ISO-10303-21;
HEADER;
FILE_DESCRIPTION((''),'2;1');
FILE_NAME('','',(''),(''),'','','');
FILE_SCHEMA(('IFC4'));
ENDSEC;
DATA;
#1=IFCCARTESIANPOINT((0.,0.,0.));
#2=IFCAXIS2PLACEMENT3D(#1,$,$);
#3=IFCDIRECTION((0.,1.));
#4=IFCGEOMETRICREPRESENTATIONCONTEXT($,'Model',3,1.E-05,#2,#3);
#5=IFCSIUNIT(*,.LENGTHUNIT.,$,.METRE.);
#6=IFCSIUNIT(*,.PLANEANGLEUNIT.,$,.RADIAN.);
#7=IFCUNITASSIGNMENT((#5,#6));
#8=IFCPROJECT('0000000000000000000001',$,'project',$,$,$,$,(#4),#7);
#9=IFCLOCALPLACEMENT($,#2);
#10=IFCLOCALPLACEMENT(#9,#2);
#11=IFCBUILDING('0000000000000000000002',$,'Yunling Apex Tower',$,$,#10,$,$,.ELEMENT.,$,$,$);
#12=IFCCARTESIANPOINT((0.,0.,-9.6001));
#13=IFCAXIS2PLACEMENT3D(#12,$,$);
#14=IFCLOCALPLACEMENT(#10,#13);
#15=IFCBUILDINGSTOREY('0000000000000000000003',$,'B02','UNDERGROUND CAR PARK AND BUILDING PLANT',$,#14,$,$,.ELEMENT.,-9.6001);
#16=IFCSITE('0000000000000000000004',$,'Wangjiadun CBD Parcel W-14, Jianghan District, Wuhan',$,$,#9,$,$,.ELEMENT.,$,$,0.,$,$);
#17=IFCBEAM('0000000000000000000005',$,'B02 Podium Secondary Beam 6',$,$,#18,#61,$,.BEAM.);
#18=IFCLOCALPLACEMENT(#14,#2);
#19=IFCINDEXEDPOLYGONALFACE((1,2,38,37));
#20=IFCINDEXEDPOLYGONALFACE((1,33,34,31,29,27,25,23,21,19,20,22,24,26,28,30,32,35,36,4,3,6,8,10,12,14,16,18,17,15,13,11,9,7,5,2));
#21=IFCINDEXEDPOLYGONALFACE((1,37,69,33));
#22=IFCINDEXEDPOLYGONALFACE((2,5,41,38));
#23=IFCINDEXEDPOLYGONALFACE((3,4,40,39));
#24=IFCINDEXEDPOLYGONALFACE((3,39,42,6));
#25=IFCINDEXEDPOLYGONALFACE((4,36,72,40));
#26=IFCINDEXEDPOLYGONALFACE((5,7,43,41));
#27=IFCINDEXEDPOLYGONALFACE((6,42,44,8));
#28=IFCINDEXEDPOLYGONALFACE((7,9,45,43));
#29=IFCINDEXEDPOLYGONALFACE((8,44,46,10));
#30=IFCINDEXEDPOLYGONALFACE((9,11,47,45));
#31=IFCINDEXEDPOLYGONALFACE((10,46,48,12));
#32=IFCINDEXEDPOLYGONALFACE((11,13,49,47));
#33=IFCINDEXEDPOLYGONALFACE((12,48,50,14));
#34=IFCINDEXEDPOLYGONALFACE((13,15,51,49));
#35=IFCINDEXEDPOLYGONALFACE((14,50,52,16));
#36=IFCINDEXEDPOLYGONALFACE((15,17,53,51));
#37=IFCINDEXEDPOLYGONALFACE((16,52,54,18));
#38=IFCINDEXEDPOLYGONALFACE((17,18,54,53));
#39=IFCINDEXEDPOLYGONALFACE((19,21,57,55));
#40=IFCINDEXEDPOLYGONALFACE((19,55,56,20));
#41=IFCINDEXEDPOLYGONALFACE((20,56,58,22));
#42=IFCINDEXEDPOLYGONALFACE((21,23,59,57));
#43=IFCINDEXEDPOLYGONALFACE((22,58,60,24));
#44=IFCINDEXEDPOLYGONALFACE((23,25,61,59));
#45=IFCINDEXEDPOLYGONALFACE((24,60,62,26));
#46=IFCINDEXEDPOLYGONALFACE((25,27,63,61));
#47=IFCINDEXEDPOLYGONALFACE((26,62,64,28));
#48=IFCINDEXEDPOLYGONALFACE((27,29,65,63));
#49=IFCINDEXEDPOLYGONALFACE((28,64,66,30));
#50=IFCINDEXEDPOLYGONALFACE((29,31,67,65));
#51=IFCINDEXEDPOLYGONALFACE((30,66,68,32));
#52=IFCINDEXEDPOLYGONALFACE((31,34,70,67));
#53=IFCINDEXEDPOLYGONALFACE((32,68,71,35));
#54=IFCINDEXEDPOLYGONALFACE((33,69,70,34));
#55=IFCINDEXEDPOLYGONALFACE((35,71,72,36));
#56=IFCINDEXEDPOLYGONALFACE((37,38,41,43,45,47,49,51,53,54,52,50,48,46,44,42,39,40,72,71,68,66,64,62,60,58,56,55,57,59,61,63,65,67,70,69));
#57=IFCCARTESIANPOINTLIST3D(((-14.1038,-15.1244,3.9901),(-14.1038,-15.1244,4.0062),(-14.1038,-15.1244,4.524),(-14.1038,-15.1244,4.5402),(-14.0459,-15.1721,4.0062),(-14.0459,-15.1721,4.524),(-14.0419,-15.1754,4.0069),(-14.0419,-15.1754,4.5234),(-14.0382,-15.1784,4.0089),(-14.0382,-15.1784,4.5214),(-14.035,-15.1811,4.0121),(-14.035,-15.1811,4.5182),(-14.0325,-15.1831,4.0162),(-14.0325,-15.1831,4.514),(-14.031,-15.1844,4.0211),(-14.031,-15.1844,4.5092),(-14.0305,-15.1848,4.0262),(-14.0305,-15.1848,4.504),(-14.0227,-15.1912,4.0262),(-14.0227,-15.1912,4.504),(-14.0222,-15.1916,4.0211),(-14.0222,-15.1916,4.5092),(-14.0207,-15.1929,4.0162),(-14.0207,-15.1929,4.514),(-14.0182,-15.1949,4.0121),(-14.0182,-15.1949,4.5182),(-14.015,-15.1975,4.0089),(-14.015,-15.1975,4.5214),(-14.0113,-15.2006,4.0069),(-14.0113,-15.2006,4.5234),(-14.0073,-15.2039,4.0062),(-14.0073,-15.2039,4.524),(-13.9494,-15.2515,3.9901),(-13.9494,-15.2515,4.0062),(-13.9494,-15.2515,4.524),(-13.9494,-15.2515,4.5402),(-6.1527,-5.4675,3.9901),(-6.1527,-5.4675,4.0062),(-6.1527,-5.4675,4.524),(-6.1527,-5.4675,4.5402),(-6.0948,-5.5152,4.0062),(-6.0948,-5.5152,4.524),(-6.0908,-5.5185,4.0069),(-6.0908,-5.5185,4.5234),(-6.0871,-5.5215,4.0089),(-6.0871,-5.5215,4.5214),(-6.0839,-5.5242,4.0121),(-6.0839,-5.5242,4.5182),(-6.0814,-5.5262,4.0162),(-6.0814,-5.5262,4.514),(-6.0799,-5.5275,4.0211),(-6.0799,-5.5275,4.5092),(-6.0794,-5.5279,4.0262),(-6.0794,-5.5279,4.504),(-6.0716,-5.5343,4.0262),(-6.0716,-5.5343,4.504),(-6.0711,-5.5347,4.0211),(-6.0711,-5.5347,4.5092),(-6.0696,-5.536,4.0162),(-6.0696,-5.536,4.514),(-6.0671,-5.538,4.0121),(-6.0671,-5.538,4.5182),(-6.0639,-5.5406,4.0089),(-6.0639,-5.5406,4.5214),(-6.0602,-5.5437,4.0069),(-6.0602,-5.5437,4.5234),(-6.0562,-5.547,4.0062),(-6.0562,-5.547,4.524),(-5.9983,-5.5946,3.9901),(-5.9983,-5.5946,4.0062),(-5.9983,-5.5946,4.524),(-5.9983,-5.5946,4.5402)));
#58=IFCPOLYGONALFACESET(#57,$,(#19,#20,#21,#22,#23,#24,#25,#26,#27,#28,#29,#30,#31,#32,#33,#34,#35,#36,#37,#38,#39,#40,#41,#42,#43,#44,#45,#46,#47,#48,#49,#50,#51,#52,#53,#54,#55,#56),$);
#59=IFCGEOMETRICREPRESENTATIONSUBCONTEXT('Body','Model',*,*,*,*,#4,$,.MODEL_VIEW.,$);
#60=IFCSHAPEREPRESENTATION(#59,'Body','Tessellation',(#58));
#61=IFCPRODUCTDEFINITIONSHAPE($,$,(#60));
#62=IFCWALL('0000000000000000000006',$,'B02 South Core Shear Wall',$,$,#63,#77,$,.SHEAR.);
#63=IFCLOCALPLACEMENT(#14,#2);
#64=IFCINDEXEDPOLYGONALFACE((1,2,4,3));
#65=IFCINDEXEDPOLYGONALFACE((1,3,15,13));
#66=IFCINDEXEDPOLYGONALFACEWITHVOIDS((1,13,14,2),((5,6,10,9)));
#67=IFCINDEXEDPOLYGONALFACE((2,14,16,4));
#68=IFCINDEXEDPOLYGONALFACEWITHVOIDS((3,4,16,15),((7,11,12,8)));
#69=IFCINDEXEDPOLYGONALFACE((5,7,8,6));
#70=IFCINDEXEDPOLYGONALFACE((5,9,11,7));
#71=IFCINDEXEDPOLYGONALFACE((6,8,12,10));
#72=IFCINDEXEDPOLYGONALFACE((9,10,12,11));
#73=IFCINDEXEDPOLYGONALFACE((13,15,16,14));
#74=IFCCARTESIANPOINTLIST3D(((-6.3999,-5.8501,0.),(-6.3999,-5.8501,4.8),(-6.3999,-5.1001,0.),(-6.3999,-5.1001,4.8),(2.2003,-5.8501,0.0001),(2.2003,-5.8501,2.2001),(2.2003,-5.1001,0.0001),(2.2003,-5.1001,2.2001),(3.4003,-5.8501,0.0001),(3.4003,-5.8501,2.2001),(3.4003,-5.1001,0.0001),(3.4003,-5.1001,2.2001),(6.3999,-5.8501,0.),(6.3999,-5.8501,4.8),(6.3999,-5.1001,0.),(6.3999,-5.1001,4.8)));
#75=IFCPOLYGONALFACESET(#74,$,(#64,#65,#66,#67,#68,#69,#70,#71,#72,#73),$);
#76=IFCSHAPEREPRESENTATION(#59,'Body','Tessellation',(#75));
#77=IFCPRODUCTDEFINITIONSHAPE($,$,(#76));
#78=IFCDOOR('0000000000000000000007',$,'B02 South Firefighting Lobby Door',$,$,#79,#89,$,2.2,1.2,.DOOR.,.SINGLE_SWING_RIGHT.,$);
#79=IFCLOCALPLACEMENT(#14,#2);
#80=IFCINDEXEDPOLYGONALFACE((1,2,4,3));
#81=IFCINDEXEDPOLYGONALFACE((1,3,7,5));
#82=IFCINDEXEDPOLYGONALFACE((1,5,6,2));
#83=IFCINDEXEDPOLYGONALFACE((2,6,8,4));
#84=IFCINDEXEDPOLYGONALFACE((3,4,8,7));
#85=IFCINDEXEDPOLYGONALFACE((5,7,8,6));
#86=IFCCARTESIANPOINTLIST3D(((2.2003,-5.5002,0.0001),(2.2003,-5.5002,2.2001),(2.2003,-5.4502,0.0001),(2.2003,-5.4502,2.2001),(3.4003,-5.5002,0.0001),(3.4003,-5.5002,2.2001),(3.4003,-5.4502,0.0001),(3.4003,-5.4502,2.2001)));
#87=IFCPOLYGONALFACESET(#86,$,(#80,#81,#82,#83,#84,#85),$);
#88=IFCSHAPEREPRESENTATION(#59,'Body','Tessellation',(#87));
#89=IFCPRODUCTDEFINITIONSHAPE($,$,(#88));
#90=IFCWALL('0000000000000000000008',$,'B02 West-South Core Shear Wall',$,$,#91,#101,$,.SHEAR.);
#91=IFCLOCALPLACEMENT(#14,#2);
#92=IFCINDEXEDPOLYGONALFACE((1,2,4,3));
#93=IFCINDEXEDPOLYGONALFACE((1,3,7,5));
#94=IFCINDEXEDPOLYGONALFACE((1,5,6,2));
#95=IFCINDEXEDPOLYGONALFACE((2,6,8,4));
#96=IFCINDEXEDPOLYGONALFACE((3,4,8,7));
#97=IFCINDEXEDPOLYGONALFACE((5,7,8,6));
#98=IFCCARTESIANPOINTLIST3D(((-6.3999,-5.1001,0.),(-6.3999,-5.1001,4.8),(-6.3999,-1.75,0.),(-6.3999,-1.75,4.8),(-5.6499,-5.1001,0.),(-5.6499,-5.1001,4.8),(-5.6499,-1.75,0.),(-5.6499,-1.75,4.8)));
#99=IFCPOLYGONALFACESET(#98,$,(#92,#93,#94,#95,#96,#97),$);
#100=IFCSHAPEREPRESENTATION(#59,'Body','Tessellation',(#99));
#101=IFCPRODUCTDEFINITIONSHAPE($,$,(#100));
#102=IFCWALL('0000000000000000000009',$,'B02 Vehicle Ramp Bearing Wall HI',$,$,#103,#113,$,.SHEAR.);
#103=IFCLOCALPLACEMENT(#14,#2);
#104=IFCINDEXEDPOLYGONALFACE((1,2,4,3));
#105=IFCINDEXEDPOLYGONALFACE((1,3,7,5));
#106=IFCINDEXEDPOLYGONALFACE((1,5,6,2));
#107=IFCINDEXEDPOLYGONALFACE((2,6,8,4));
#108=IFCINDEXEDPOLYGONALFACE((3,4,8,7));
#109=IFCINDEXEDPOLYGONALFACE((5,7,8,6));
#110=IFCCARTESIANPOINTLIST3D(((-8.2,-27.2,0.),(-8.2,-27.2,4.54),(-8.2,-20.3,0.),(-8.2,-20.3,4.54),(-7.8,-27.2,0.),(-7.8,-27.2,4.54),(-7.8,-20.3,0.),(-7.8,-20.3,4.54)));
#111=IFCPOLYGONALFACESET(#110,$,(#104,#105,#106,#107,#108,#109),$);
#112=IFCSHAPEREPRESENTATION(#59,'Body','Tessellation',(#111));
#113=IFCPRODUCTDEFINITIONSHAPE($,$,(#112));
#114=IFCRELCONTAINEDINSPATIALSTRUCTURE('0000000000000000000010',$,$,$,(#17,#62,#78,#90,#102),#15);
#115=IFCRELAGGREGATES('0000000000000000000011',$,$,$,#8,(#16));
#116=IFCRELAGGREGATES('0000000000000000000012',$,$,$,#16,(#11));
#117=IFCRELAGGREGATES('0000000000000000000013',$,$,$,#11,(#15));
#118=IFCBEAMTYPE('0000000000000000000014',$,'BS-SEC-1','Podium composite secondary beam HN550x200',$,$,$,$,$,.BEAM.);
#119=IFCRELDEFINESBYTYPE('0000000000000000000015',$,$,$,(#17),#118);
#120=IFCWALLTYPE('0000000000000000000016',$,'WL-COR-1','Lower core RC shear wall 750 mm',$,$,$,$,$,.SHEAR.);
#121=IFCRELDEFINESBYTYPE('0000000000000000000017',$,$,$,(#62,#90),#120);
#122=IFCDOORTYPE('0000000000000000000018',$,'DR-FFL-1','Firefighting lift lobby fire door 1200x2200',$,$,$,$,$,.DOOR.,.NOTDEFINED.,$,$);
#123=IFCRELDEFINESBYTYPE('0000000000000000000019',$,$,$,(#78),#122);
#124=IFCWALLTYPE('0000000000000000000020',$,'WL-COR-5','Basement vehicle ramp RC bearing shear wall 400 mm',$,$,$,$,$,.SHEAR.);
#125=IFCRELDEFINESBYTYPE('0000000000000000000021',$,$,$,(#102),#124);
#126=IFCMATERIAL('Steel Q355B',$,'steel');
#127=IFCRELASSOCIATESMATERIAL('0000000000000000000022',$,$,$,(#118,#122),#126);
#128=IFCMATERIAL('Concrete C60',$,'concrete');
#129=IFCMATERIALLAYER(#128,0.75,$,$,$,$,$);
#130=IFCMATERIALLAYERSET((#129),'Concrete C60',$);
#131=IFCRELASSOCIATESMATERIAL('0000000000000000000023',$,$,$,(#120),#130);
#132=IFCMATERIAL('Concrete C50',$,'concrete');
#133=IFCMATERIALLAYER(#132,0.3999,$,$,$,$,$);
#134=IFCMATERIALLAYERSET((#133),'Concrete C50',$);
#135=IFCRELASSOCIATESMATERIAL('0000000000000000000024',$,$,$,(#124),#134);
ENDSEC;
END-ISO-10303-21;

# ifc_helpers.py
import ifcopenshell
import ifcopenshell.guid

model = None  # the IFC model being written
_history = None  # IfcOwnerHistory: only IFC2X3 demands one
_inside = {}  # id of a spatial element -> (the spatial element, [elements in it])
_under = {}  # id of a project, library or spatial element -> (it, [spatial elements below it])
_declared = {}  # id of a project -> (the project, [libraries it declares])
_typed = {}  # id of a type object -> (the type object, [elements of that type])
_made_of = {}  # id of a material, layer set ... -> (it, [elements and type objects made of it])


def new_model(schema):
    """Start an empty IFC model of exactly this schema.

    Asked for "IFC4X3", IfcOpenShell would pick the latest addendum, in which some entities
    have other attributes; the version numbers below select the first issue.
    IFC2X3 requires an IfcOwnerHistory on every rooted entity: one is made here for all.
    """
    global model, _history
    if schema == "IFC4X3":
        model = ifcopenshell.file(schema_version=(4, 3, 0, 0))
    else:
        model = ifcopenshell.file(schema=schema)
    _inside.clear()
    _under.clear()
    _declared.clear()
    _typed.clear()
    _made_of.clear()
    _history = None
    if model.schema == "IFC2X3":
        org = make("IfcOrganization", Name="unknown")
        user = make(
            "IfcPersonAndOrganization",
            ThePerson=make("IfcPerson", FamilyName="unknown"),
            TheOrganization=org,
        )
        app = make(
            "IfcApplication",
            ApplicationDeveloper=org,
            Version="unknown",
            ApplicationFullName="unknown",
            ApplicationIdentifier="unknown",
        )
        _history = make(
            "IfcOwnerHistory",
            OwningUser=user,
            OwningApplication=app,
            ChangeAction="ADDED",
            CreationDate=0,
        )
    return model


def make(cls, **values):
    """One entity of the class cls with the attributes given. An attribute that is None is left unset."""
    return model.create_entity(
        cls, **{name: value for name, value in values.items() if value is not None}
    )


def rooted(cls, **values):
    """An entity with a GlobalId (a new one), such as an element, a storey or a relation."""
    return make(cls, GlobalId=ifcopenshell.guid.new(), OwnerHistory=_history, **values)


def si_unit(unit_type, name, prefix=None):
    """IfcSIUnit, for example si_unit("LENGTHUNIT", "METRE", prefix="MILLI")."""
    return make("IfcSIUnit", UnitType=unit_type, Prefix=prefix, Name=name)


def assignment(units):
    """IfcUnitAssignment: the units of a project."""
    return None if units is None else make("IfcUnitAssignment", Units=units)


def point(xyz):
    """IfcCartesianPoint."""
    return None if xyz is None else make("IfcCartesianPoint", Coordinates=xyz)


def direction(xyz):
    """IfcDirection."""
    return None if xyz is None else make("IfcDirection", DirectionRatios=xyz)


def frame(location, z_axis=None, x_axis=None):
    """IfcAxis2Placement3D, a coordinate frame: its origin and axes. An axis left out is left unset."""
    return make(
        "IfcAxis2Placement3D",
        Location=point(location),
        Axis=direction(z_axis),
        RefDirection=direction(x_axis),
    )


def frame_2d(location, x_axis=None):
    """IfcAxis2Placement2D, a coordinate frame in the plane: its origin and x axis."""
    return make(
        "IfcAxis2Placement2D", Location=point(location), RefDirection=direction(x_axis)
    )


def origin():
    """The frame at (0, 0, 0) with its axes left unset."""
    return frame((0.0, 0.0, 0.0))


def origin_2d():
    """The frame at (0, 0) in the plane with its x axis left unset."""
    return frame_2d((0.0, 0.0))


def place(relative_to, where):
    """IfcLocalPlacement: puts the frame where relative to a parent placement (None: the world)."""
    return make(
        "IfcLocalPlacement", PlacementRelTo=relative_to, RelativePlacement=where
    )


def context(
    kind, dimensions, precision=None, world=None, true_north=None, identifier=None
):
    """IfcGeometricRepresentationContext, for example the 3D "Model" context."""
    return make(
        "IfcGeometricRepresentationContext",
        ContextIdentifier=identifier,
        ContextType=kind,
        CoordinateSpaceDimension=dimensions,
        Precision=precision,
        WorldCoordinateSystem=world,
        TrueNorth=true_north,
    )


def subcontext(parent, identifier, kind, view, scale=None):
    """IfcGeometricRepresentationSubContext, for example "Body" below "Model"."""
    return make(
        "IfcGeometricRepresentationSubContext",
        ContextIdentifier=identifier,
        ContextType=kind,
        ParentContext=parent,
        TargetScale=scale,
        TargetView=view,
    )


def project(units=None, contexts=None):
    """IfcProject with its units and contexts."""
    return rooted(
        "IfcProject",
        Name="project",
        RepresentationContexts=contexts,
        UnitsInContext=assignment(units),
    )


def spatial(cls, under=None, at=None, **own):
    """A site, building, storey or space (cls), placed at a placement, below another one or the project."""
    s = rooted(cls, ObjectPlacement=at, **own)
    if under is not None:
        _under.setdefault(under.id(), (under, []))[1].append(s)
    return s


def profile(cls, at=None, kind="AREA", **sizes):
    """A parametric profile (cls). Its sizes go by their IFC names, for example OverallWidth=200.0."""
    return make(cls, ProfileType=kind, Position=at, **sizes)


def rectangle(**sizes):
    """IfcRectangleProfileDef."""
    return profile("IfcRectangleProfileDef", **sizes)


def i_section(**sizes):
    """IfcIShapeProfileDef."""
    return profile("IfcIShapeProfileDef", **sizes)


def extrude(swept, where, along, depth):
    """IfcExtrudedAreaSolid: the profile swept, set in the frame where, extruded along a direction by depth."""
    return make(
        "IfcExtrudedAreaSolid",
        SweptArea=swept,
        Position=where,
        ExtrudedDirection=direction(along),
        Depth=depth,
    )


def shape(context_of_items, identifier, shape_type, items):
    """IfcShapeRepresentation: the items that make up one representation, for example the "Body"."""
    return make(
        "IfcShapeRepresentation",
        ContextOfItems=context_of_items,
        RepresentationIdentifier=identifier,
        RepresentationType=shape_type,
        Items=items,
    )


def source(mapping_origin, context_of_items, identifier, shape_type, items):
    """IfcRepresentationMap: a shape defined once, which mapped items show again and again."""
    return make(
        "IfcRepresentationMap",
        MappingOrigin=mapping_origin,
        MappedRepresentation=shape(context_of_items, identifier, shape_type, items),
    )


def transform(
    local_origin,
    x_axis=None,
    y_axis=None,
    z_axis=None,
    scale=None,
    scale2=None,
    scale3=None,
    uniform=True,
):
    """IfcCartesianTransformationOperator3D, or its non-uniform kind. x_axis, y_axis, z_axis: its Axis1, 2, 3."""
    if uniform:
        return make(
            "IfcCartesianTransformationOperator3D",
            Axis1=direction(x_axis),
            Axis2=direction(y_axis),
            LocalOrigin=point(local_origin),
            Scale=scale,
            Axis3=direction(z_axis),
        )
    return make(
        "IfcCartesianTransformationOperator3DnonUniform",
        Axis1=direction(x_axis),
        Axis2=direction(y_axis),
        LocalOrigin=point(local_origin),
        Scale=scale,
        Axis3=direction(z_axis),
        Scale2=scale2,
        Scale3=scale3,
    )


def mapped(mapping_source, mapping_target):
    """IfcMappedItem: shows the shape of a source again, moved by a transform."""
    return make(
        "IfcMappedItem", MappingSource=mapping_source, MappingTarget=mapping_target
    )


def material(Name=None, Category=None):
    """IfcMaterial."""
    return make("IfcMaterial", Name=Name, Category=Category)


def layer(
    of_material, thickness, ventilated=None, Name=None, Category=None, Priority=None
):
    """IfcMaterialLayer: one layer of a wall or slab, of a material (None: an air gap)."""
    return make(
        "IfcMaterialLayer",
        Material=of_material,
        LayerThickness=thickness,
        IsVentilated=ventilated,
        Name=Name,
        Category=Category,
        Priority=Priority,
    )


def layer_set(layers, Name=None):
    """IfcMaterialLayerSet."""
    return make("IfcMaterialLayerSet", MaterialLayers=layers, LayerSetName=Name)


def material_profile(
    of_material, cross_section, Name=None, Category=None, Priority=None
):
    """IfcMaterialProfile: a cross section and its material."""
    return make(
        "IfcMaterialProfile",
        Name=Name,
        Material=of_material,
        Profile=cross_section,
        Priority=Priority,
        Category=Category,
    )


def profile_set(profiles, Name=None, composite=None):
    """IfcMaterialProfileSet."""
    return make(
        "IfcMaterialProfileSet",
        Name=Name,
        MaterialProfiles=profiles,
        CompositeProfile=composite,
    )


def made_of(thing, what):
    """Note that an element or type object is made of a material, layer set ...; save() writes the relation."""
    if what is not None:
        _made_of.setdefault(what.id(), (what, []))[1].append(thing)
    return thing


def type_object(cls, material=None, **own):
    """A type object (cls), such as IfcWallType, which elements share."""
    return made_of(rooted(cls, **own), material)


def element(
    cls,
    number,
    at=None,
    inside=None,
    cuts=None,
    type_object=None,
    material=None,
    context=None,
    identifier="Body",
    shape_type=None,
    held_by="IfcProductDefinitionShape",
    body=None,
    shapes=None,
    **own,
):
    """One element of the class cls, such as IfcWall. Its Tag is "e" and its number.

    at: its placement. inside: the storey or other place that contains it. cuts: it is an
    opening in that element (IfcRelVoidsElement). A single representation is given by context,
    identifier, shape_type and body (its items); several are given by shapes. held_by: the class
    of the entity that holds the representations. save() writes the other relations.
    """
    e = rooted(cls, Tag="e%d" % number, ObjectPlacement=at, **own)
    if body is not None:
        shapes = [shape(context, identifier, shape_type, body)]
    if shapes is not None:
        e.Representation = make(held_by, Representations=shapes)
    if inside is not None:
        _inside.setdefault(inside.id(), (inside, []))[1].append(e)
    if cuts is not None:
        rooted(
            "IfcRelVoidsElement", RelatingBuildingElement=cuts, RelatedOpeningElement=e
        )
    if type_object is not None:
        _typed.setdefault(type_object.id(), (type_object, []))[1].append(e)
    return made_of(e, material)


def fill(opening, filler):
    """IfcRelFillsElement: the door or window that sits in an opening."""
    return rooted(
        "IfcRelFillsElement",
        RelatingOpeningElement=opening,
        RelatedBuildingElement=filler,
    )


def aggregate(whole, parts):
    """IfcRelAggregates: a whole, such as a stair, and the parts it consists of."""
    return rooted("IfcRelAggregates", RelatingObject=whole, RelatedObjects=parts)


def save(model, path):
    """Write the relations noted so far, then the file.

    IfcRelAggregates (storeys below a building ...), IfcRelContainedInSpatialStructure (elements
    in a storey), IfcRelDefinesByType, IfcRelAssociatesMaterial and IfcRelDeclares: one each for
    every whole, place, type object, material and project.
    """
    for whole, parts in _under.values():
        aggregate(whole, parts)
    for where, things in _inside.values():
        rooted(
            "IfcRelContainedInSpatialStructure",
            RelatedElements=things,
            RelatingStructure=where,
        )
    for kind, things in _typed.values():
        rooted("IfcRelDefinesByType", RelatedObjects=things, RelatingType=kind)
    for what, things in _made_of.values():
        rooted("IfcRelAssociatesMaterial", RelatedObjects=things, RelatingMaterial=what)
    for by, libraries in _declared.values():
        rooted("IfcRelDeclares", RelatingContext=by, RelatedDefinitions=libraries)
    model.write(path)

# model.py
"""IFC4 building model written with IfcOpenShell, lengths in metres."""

from ifc_helpers import new_model, si_unit, direction, frame, frame_2d, origin, origin_2d, place, context, subcontext, project, spatial, rectangle, i_section, extrude, source, transform, mapped, material, layer, layer_set, material_profile, profile_set, type_object, element, fill, save


model = new_model("IFC4")

# Units and contexts
model_context = context("Model", 3, precision=1e-05, world=origin(), true_north=direction((0.0, 1.0)))
body_context = subcontext(model_context, "Body", "Model", "MODEL_VIEW")
ifc_project = project(units=[si_unit("LENGTHUNIT", "METRE"), si_unit("PLANEANGLEUNIT", "RADIAN")], contexts=[model_context])

# Site, building, storey
site_placement = place(None, origin())
site = spatial("IfcSite", under=ifc_project, at=site_placement, Name="Wangjiadun CBD Parcel W-14, Jianghan District, Wuhan", CompositionType="ELEMENT", RefElevation=0.0)
building_placement = place(site_placement, origin())
building = spatial("IfcBuilding", under=site, at=building_placement, Name="Yunling Apex Tower", CompositionType="ELEMENT")
storey_placement = place(building_placement, frame((0.0, 0.0, -9.6001)))
storey = spatial("IfcBuildingStorey", under=building, at=storey_placement, Name="B02", Description="UNDERGROUND CAR PARK AND BUILDING PLANT", CompositionType="ELEMENT", Elevation=-9.6001)

# Shared definitions
ifc_material_1 = material(Name="Concrete C50", Category="concrete")

# Shared definitions
ifc_material_2 = material(Name="Concrete C60", Category="concrete")

# Beam
ifc_material_3 = material(Name="Steel Q355B", Category="steel")
ifc_material_profile_1 = material_profile(ifc_material_3, i_section(OverallWidth=0.2, OverallDepth=0.55, WebThickness=0.01, FlangeThickness=0.0161, FilletRadius=0.02, at=origin_2d()))
ifc_profile_set_1 = profile_set([ifc_material_profile_1], Name="Steel Q355B")
beam_type_1 = type_object("IfcBeamType", Name="BS-SEC-1", Description="Podium composite secondary beam HN550x200", PredefinedType="BEAM", material=ifc_profile_set_1)
shared_shape_1 = source(origin(), body_context, "Body", "SweptSolid", [
    extrude(i_section(OverallWidth=0.2, OverallDepth=0.55, WebThickness=0.01, FlangeThickness=0.0161, FilletRadius=0.02, at=origin_2d()), origin(), (0.0, 0.0, 1.0), 12.509),
])
beam_1_placement = place(storey_placement, frame((-14.0266, -15.188, 4.2651), z_axis=(0.635629, 0.771994, 0.0), x_axis=(-0.771994, 0.635629, 0.0)))
element("IfcBeam", 1, at=beam_1_placement, inside=storey, type_object=beam_type_1, Name="B02 Podium Secondary Beam 6", PredefinedType="BEAM", context=body_context, shape_type="MappedRepresentation", body=[
    mapped(shared_shape_1, transform((0.0, 0.0, 0.0), scale=1.0)),
])

# Wall, opening, door
ifc_layer_1 = layer(ifc_material_2, 0.75)
ifc_layer_set_1 = layer_set([ifc_layer_1], Name="Concrete C60")
wall_type_1 = type_object("IfcWallType", Name="WL-COR-1", Description="Lower core RC shear wall 750 mm", PredefinedType="SHEAR", material=ifc_layer_set_1)
wall_1_placement = place(storey_placement, frame((-6.3999, -5.4751, 0.0), z_axis=(0.0, 0.0, 1.0), x_axis=(1.0, 0.0, 0.0)))
wall_1 = element("IfcWall", 2, at=wall_1_placement, inside=storey, type_object=wall_type_1, Name="B02 South Core Shear Wall", PredefinedType="SHEAR", context=body_context, shape_type="SweptSolid", body=[
    extrude(rectangle(XDim=12.7998, YDim=0.75, at=frame_2d((6.3999, 0.0))), origin(), (0.0, 0.0, 1.0), 4.8),
])
opening_placement = place(wall_1_placement, frame((8.6001, 0.0, 0.0)))
opening = element("IfcOpeningElement", 3, at=opening_placement, cuts=wall_1, PredefinedType="OPENING", context=body_context, shape_type="SweptSolid", body=[
    extrude(rectangle(XDim=1.2, YDim=2.2, at=frame_2d((0.6001, 1.1001))), frame((0.0, 0.385, 0.0), z_axis=(0.0, -1.0, 0.0), x_axis=(1.0, 0.0, 0.0)), (0.0, 0.0, 1.0), 0.77),
])
door_type = type_object("IfcDoorType", Name="DR-FFL-1", Description="Firefighting lift lobby fire door 1200x2200", OperationType="NOTDEFINED", PredefinedType="DOOR", material=ifc_material_3)
door_placement = place(opening_placement, origin())
door = element("IfcDoor", 4, at=door_placement, inside=storey, type_object=door_type, Name="B02 South Firefighting Lobby Door", OperationType="SINGLE_SWING_RIGHT", OverallHeight=2.2, OverallWidth=1.2, PredefinedType="DOOR", context=body_context, shape_type="SweptSolid", body=[
    extrude(rectangle(XDim=1.2, YDim=2.2, at=frame_2d((0.6001, 1.1001))), frame((0.0, 0.0249, 0.0), z_axis=(0.0, -1.0, 0.0), x_axis=(1.0, 0.0, 0.0)), (0.0, 0.0, 1.0), 0.05),
])
fill(opening, door)

# Walls
wall_2_placement = place(storey_placement, frame((-6.0249, -5.1001, 0.0), z_axis=(0.0, 0.0, 1.0), x_axis=(0.0, 1.0, 0.0)))
element("IfcWall", 5, at=wall_2_placement, inside=storey, type_object=wall_type_1, Name="B02 West-South Core Shear Wall", PredefinedType="SHEAR", context=body_context, shape_type="SweptSolid", body=[
    extrude(rectangle(XDim=3.3501, YDim=0.75, at=frame_2d((1.675, 0.0))), origin(), (0.0, 0.0, 1.0), 4.8),
])
ifc_layer_2 = layer(ifc_material_1, 0.3999)
ifc_layer_set_2 = layer_set([ifc_layer_2], Name="Concrete C50")
wall_type_2 = type_object("IfcWallType", Name="WL-COR-5", Description="Basement vehicle ramp RC bearing shear wall 400 mm", PredefinedType="SHEAR", material=ifc_layer_set_2)
wall_3_placement = place(storey_placement, frame((-8.0, -27.2, 0.0), z_axis=(0.0, 0.0, 1.0), x_axis=(0.0, 1.0, 0.0)))
element("IfcWall", 6, at=wall_3_placement, inside=storey, type_object=wall_type_2, Name="B02 Vehicle Ramp Bearing Wall HI", PredefinedType="SHEAR", context=body_context, shape_type="SweptSolid", body=[
    extrude(rectangle(XDim=6.8999, YDim=0.3999, at=frame_2d((3.45, 0.0))), origin(), (0.0, 0.0, 1.0), 4.54),
])

save(model, "model.ifc")
